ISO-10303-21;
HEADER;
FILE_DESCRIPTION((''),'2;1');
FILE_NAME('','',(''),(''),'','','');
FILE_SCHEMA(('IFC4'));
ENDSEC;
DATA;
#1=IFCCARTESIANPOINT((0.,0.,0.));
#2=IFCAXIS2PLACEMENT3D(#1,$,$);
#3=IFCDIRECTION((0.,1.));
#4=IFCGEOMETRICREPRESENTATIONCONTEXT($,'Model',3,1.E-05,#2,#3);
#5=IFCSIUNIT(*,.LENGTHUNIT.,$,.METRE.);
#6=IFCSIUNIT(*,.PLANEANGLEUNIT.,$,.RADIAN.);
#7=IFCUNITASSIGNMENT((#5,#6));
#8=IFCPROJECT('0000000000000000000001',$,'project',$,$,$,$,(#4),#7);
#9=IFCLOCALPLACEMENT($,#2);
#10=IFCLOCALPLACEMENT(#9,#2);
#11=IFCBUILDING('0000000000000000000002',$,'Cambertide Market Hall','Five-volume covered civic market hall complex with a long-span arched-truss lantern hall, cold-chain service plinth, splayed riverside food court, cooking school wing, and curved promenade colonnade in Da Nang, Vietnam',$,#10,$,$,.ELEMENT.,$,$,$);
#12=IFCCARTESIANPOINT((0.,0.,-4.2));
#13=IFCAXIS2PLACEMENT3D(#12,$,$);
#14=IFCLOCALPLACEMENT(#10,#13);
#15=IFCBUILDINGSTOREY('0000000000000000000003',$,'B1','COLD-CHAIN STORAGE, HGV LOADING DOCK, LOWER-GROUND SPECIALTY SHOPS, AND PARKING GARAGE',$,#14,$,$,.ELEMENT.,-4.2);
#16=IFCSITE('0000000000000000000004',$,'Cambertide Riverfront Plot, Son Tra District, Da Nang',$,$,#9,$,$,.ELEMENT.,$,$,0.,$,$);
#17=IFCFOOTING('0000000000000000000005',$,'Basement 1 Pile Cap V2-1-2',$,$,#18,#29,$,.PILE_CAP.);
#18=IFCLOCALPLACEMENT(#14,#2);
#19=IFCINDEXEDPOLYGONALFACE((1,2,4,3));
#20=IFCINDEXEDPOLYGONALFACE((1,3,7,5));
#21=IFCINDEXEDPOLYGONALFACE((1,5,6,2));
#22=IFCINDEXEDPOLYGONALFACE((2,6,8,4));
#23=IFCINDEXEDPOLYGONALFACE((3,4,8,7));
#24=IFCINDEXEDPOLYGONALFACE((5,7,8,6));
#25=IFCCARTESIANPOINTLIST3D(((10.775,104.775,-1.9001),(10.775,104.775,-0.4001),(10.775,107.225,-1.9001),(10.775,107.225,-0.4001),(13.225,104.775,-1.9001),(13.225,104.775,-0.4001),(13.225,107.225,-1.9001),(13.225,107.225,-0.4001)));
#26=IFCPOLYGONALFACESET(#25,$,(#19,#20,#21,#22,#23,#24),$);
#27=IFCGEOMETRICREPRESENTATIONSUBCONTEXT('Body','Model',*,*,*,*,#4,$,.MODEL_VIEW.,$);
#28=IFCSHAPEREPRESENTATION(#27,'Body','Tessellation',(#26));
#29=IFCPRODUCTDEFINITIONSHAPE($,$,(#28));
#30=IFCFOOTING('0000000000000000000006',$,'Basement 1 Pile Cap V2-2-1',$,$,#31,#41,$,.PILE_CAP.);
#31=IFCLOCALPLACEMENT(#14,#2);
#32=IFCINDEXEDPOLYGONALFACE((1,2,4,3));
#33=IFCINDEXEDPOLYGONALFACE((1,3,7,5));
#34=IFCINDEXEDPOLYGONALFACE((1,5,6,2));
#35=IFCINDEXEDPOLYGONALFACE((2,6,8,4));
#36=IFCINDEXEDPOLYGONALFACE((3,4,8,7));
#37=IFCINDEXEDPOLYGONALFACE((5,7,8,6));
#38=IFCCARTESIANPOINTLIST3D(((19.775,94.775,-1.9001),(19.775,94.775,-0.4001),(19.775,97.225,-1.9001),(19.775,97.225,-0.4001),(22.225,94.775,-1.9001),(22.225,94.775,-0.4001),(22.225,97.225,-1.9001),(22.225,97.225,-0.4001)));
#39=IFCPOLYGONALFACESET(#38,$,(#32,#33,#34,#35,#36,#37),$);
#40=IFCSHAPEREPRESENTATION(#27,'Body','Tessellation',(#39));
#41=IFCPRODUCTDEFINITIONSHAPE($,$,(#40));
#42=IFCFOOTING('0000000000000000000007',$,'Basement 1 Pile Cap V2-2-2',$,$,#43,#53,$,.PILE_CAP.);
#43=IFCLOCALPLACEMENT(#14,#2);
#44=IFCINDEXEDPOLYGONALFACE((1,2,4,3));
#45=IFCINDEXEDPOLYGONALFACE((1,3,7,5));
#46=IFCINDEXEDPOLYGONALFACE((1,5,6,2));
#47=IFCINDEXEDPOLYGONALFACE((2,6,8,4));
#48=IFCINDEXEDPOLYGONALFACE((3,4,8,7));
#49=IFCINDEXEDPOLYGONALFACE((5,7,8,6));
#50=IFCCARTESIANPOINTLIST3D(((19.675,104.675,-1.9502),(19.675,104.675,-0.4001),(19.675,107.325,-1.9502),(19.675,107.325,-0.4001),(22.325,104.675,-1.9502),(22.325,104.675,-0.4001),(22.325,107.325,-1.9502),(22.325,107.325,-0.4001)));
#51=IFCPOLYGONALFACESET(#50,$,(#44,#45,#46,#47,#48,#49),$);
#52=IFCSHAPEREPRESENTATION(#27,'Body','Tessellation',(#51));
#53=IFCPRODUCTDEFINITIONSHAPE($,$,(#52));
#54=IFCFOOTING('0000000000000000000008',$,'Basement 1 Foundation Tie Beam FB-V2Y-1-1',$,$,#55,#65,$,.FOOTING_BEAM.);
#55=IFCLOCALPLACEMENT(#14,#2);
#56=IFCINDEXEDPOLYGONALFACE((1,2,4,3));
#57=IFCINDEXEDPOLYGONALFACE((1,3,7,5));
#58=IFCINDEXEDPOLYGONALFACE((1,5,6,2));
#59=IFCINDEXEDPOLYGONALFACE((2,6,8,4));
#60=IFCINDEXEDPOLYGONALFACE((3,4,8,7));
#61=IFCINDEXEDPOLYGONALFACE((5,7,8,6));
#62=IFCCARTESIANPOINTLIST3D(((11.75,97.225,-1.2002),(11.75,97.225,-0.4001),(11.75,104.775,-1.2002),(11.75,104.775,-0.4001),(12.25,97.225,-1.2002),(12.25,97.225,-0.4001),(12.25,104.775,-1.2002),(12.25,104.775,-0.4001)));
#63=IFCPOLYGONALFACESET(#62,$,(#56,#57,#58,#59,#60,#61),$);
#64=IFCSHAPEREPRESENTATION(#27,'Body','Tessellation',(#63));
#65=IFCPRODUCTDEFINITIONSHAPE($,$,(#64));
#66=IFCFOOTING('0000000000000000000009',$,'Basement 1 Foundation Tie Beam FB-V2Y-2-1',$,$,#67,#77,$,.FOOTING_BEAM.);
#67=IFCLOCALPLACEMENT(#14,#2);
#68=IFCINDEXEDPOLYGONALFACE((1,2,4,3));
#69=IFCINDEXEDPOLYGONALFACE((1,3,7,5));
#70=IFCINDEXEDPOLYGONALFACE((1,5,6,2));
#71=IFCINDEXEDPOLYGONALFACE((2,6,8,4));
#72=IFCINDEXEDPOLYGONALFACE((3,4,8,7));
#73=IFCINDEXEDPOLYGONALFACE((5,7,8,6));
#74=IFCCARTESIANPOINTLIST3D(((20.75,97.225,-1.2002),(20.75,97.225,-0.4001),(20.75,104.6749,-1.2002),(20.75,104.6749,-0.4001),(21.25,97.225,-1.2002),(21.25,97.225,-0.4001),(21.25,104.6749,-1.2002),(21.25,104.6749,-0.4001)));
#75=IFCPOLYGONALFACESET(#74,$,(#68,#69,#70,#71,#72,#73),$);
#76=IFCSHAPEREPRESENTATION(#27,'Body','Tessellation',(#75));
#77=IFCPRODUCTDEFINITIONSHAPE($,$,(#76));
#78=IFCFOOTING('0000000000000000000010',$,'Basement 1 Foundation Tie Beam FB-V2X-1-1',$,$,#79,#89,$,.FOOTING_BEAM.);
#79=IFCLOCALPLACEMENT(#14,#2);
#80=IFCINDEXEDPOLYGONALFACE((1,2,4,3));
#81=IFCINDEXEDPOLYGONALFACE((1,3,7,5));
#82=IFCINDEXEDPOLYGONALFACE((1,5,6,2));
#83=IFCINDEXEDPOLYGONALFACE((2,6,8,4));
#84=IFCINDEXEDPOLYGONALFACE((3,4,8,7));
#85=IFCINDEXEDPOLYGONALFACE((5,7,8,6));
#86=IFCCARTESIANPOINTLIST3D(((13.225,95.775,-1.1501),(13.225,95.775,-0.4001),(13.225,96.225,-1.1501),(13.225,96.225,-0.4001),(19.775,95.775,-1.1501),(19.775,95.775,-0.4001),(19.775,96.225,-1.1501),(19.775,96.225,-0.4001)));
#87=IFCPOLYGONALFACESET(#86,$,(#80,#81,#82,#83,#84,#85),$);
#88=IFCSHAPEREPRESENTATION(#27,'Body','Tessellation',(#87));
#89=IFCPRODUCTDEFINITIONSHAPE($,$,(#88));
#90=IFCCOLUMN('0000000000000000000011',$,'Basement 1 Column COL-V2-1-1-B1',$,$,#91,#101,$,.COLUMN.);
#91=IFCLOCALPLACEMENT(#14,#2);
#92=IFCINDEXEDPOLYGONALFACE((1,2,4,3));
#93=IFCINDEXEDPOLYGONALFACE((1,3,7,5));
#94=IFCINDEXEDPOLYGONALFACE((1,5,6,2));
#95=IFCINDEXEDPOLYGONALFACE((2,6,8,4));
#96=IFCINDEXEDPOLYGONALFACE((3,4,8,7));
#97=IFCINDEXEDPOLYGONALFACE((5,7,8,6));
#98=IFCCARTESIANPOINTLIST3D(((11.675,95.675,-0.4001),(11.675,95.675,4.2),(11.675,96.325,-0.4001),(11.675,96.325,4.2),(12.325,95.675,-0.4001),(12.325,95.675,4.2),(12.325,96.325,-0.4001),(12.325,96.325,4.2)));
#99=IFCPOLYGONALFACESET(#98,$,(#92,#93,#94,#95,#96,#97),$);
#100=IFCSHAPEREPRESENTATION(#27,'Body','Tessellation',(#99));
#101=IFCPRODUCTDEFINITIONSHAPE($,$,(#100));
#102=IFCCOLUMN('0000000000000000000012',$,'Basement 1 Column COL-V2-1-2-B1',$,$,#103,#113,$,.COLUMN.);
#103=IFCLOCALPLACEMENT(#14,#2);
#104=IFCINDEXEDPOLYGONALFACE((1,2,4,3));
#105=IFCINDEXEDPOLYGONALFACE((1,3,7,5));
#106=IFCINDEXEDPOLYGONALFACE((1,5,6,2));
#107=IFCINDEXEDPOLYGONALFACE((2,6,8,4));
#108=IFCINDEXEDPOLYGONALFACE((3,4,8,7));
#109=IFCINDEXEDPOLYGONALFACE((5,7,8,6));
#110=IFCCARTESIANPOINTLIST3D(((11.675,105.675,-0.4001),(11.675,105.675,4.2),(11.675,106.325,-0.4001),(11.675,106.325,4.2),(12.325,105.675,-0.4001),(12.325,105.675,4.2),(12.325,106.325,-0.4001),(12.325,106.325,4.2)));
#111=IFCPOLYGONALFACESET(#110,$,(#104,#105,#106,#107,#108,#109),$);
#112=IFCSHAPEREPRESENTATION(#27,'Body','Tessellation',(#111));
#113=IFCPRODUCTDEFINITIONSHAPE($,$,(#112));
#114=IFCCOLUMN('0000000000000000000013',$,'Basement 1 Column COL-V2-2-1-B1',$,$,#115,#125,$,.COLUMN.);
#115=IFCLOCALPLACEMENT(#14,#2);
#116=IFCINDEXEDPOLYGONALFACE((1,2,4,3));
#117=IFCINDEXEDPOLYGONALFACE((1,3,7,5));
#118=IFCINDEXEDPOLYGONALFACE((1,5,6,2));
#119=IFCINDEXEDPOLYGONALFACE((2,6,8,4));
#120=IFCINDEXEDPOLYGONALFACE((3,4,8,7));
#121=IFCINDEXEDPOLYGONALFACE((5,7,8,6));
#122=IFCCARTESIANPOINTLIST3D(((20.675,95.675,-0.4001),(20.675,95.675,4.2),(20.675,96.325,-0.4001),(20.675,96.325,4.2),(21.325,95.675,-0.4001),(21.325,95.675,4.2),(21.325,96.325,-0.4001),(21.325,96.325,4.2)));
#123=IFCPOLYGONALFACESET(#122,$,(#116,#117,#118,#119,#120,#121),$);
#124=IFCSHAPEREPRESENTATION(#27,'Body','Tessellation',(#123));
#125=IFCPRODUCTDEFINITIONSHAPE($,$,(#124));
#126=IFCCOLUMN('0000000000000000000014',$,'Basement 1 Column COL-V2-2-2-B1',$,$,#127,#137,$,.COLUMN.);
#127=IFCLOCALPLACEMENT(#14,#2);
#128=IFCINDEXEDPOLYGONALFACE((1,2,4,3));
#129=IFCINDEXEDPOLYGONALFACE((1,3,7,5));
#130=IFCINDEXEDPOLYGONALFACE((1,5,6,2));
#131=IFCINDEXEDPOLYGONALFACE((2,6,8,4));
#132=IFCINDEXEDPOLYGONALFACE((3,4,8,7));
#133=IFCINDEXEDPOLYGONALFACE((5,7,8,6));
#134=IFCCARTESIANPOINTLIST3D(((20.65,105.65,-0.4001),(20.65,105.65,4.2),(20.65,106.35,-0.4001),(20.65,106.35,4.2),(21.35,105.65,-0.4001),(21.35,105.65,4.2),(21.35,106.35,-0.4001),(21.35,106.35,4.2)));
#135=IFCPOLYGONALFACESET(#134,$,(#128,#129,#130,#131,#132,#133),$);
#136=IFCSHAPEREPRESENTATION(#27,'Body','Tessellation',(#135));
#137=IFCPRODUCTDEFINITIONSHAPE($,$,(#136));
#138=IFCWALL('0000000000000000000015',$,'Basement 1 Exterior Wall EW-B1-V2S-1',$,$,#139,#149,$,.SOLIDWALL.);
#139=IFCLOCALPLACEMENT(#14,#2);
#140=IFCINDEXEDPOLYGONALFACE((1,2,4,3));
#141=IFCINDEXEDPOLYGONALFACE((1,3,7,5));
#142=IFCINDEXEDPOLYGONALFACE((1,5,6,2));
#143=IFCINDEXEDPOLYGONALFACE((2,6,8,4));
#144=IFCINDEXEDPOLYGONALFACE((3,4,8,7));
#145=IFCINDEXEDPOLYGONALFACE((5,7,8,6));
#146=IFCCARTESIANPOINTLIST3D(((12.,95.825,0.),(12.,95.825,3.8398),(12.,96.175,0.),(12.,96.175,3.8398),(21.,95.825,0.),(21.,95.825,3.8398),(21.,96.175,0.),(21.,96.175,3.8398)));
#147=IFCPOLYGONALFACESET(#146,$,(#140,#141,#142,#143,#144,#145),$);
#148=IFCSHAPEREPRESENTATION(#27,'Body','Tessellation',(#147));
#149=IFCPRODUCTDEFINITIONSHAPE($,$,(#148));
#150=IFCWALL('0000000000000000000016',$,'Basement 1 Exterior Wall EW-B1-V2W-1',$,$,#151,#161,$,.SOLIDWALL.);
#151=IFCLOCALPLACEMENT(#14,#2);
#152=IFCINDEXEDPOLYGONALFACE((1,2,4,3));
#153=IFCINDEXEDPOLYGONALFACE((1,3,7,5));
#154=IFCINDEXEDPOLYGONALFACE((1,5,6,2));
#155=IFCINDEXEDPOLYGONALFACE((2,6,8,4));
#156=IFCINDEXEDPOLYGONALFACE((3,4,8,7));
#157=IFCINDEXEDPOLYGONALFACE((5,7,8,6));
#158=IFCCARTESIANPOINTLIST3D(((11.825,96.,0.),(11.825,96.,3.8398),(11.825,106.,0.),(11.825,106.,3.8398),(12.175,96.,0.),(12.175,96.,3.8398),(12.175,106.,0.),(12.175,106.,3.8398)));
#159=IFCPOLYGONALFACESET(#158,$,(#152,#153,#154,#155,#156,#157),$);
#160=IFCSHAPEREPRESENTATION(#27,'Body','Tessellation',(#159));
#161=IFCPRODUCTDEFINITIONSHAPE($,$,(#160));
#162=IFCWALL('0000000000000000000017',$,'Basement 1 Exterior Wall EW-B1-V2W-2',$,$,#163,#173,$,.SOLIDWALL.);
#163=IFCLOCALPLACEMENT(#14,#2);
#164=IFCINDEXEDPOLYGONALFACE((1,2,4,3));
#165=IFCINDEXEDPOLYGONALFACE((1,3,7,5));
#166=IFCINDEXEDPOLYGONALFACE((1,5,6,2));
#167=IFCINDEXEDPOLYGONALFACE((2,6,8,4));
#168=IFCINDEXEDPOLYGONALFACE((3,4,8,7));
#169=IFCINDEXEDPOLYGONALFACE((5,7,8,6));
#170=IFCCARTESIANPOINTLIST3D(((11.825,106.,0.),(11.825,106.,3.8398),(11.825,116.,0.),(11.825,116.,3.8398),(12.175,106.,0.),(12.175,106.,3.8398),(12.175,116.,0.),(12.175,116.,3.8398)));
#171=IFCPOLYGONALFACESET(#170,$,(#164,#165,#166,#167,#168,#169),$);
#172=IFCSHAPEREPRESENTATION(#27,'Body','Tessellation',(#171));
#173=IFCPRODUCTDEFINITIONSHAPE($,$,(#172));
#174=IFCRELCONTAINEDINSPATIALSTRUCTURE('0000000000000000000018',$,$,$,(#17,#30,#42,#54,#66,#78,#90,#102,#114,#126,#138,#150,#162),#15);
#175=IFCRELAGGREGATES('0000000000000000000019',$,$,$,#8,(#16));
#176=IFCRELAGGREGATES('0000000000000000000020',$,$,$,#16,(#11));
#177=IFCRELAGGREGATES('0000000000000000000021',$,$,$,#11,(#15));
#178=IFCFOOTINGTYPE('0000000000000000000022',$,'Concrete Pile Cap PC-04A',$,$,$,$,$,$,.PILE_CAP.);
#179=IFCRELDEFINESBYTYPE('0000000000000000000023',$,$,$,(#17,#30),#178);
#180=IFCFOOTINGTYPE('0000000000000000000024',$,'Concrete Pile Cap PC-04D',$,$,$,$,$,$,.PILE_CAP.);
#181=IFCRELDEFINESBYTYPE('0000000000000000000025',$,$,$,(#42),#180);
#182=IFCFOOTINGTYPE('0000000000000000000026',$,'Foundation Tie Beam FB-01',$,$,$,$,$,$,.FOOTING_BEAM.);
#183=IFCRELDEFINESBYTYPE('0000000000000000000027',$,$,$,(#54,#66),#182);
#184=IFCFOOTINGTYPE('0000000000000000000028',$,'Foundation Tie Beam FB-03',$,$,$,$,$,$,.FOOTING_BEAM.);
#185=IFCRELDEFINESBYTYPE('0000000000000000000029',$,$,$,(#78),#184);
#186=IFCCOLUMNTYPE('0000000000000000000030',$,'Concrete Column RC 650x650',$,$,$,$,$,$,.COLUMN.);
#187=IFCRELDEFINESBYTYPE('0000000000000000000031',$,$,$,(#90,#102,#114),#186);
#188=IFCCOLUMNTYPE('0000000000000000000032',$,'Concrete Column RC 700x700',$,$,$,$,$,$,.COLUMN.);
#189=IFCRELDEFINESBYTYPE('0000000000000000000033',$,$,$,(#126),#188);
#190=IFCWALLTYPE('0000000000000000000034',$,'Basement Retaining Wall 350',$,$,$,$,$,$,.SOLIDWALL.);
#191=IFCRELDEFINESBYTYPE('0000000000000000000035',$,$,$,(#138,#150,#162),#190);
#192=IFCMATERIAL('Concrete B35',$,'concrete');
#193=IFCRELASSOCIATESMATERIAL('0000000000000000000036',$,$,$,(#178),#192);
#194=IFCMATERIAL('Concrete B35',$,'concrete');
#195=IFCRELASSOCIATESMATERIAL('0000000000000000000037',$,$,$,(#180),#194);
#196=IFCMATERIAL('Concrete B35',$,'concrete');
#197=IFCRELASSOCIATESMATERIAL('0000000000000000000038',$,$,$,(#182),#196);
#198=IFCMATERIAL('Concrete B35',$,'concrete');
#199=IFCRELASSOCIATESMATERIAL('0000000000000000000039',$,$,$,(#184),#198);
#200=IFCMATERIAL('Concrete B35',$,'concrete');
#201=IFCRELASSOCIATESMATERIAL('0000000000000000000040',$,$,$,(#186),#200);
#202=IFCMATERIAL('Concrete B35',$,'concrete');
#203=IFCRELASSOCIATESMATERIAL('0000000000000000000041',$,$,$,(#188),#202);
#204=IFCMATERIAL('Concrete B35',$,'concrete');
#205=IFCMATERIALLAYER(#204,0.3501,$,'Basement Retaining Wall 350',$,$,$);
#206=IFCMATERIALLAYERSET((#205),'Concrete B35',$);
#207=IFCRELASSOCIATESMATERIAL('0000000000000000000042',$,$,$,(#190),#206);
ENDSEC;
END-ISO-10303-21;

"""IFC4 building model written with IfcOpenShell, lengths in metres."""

from ifc_helpers import new_model, si_unit, direction, frame, frame_2d, origin, origin_2d, place, context, subcontext, project, spatial, rectangle, extrude, material, layer, layer_set, material_profile, profile_set, type_object, element, save


model = new_model("IFC4")

# Units and contexts
model_context = context("Model", 3, precision=1e-05, world=origin(), true_north=direction((0.0, 1.0)))
body_context = subcontext(model_context, "Body", "Model", "MODEL_VIEW")
ifc_project = project(units=[si_unit("LENGTHUNIT", "METRE"), si_unit("PLANEANGLEUNIT", "RADIAN")], contexts=[model_context])

# Site, building, storey
site_placement = place(None, origin())
site = spatial("IfcSite", under=ifc_project, at=site_placement, Name="Cambertide Riverfront Plot, Son Tra District, Da Nang", CompositionType="ELEMENT", RefElevation=0.0)
building_placement = place(site_placement, origin())
building = spatial("IfcBuilding", under=site, at=building_placement, Name="Cambertide Market Hall", Description="Five-volume covered civic market hall complex with a long-span arched-truss lantern hall, cold-chain service plinth, splayed riverside food court, cooking school wing, and curved promenade colonnade in Da Nang, Vietnam", CompositionType="ELEMENT")
storey_placement = place(building_placement, frame((0.0, 0.0, -4.2)))
storey = spatial("IfcBuildingStorey", under=building, at=storey_placement, Name="B1", Description="COLD-CHAIN STORAGE, HGV LOADING DOCK, LOWER-GROUND SPECIALTY SHOPS, AND PARKING GARAGE", CompositionType="ELEMENT", Elevation=-4.2)

# Footings
ifc_material_1 = material(Name="Concrete B35", Category="concrete")
footing_type_1 = type_object("IfcFootingType", Name="Concrete Pile Cap PC-04A", PredefinedType="PILE_CAP", material=ifc_material_1)
for number, where, z_axis, x_axis, name in (
    (1, (12.0, 106.0, -1.9001), (0.0, 0.0, 1.0), (1.0, 0.0, 0.0), "Basement 1 Pile Cap V2-1-2"),
    (2, (21.0, 96.0, -1.9001), (0.0, 0.0, 1.0), (1.0, 0.0, 0.0), "Basement 1 Pile Cap V2-2-1"),
):
    element("IfcFooting", number, at=place(storey_placement, frame(where, z_axis=z_axis, x_axis=x_axis)), inside=storey, type_object=footing_type_1, Name=name, PredefinedType="PILE_CAP", context=body_context, shape_type="SweptSolid", body=[
        extrude(rectangle(XDim=2.45, YDim=2.45, at=origin_2d()), origin(), (0.0, 0.0, 1.0), 1.5),
    ])
ifc_material_2 = material(Name="Concrete B35", Category="concrete")
footing_type_2 = type_object("IfcFootingType", Name="Concrete Pile Cap PC-04D", PredefinedType="PILE_CAP", material=ifc_material_2)
footing_1_placement = place(storey_placement, frame((21.0, 106.0, -1.9502), z_axis=(0.0, 0.0, 1.0), x_axis=(1.0, 0.0, 0.0)))
element("IfcFooting", 3, at=footing_1_placement, inside=storey, type_object=footing_type_2, Name="Basement 1 Pile Cap V2-2-2", PredefinedType="PILE_CAP", context=body_context, shape_type="SweptSolid", body=[
    extrude(rectangle(XDim=2.6499, YDim=2.6499, at=origin_2d()), origin(), (0.0, 0.0, 1.0), 1.55),
])
ifc_material_3 = material(Name="Concrete B35", Category="concrete")
footing_type_3 = type_object("IfcFootingType", Name="Foundation Tie Beam FB-01", PredefinedType="FOOTING_BEAM", material=ifc_material_3)
footing_2_placement = place(storey_placement, frame((12.0, 101.0, -1.2002), z_axis=(0.0, 0.0, 1.0), x_axis=(0.0, 1.0, 0.0)))
element("IfcFooting", 4, at=footing_2_placement, inside=storey, type_object=footing_type_3, Name="Basement 1 Foundation Tie Beam FB-V2Y-1-1", PredefinedType="FOOTING_BEAM", context=body_context, shape_type="SweptSolid", body=[
    extrude(rectangle(XDim=7.55, YDim=0.5, at=origin_2d()), origin(), (0.0, 0.0, 1.0), 0.8),
])
footing_3_placement = place(storey_placement, frame((21.0, 100.95, -1.2002), z_axis=(0.0, 0.0, 1.0), x_axis=(0.0, 1.0, 0.0)))
element("IfcFooting", 5, at=footing_3_placement, inside=storey, type_object=footing_type_3, Name="Basement 1 Foundation Tie Beam FB-V2Y-2-1", PredefinedType="FOOTING_BEAM", context=body_context, shape_type="SweptSolid", body=[
    extrude(rectangle(XDim=7.45, YDim=0.5, at=origin_2d()), origin(), (0.0, 0.0, 1.0), 0.8),
])
ifc_material_4 = material(Name="Concrete B35", Category="concrete")
footing_type_4 = type_object("IfcFootingType", Name="Foundation Tie Beam FB-03", PredefinedType="FOOTING_BEAM", material=ifc_material_4)
footing_4_placement = place(storey_placement, frame((16.5, 96.0, -1.1501), z_axis=(0.0, 0.0, 1.0), x_axis=(1.0, 0.0, 0.0)))
element("IfcFooting", 6, at=footing_4_placement, inside=storey, type_object=footing_type_4, Name="Basement 1 Foundation Tie Beam FB-V2X-1-1", PredefinedType="FOOTING_BEAM", context=body_context, shape_type="SweptSolid", body=[
    extrude(rectangle(XDim=6.55, YDim=0.45, at=origin_2d()), origin(), (0.0, 0.0, 1.0), 0.75),
])

# Columns
ifc_material_5 = material(Name="Concrete B35", Category="concrete")
ifc_material_profile_1 = material_profile(ifc_material_5, rectangle(XDim=0.6499, YDim=0.6499, at=origin_2d()), Name="RC 650x650")
ifc_profile_set_1 = profile_set([ifc_material_profile_1], Name="Concrete B35")
column_type_1 = type_object("IfcColumnType", Name="Concrete Column RC 650x650", PredefinedType="COLUMN", material=ifc_profile_set_1)
for number, where, z_axis, x_axis, name in (
    (7, (12.0, 96.0, -0.4001), (0.0, 0.0, 1.0), (1.0, 0.0, 0.0), "Basement 1 Column COL-V2-1-1-B1"),
    (8, (12.0, 106.0, -0.4001), (0.0, 0.0, 1.0), (1.0, 0.0, 0.0), "Basement 1 Column COL-V2-1-2-B1"),
    (9, (21.0, 96.0, -0.4001), (0.0, 0.0, 1.0), (1.0, 0.0, 0.0), "Basement 1 Column COL-V2-2-1-B1"),
):
    element("IfcColumn", number, at=place(storey_placement, frame(where, z_axis=z_axis, x_axis=x_axis)), inside=storey, type_object=column_type_1, Name=name, PredefinedType="COLUMN", context=body_context, shape_type="SweptSolid", body=[
        extrude(rectangle(XDim=0.6499, YDim=0.6499, at=origin_2d()), origin(), (0.0, 0.0, 1.0), 4.6001),
    ])
ifc_material_6 = material(Name="Concrete B35", Category="concrete")
ifc_material_profile_2 = material_profile(ifc_material_6, rectangle(XDim=0.7, YDim=0.7, at=origin_2d()), Name="RC 700x700")
ifc_profile_set_2 = profile_set([ifc_material_profile_2], Name="Concrete B35")
column_type_2 = type_object("IfcColumnType", Name="Concrete Column RC 700x700", PredefinedType="COLUMN", material=ifc_profile_set_2)
column_placement = place(storey_placement, frame((21.0, 106.0, -0.4001), z_axis=(0.0, 0.0, 1.0), x_axis=(1.0, 0.0, 0.0)))
element("IfcColumn", 10, at=column_placement, inside=storey, type_object=column_type_2, Name="Basement 1 Column COL-V2-2-2-B1", PredefinedType="COLUMN", context=body_context, shape_type="SweptSolid", body=[
    extrude(rectangle(XDim=0.7, YDim=0.7, at=origin_2d()), origin(), (0.0, 0.0, 1.0), 4.6001),
])

# Walls
ifc_material_7 = material(Name="Concrete B35", Category="concrete")
ifc_layer_1 = layer(ifc_material_7, 0.3501, Name="Basement Retaining Wall 350")
ifc_layer_set_1 = layer_set([ifc_layer_1], Name="Concrete B35")
wall_type_1 = type_object("IfcWallType", Name="Basement Retaining Wall 350", PredefinedType="SOLIDWALL", material=ifc_layer_set_1)
wall_1_placement = place(storey_placement, frame((21.0, 96.0, 0.0), z_axis=(0.0, 0.0, 1.0), x_axis=(-1.0, 0.0, 0.0)))
element("IfcWall", 11, at=wall_1_placement, inside=storey, type_object=wall_type_1, Name="Basement 1 Exterior Wall EW-B1-V2S-1", PredefinedType="SOLIDWALL", context=body_context, shape_type="SweptSolid", body=[
    extrude(rectangle(XDim=9.0, YDim=0.3501, at=frame_2d((4.5, 0.0))), origin(), (0.0, 0.0, 1.0), 3.8398),
])
for number, where, z_axis, x_axis, name in (
    (12, (12.0, 96.0, 0.0), (0.0, 0.0, 1.0), (0.0, 1.0, 0.0), "Basement 1 Exterior Wall EW-B1-V2W-1"),
    (13, (12.0, 106.0, 0.0), (0.0, 0.0, 1.0), (0.0, 1.0, 0.0), "Basement 1 Exterior Wall EW-B1-V2W-2"),
):
    element("IfcWall", number, at=place(storey_placement, frame(where, z_axis=z_axis, x_axis=x_axis)), inside=storey, type_object=wall_type_1, Name=name, PredefinedType="SOLIDWALL", context=body_context, shape_type="SweptSolid", body=[
        extrude(rectangle(XDim=10.0, YDim=0.3501, at=frame_2d((5.0, 0.0))), origin(), (0.0, 0.0, 1.0), 3.8398),
    ])

save(model, "model.ifc")
